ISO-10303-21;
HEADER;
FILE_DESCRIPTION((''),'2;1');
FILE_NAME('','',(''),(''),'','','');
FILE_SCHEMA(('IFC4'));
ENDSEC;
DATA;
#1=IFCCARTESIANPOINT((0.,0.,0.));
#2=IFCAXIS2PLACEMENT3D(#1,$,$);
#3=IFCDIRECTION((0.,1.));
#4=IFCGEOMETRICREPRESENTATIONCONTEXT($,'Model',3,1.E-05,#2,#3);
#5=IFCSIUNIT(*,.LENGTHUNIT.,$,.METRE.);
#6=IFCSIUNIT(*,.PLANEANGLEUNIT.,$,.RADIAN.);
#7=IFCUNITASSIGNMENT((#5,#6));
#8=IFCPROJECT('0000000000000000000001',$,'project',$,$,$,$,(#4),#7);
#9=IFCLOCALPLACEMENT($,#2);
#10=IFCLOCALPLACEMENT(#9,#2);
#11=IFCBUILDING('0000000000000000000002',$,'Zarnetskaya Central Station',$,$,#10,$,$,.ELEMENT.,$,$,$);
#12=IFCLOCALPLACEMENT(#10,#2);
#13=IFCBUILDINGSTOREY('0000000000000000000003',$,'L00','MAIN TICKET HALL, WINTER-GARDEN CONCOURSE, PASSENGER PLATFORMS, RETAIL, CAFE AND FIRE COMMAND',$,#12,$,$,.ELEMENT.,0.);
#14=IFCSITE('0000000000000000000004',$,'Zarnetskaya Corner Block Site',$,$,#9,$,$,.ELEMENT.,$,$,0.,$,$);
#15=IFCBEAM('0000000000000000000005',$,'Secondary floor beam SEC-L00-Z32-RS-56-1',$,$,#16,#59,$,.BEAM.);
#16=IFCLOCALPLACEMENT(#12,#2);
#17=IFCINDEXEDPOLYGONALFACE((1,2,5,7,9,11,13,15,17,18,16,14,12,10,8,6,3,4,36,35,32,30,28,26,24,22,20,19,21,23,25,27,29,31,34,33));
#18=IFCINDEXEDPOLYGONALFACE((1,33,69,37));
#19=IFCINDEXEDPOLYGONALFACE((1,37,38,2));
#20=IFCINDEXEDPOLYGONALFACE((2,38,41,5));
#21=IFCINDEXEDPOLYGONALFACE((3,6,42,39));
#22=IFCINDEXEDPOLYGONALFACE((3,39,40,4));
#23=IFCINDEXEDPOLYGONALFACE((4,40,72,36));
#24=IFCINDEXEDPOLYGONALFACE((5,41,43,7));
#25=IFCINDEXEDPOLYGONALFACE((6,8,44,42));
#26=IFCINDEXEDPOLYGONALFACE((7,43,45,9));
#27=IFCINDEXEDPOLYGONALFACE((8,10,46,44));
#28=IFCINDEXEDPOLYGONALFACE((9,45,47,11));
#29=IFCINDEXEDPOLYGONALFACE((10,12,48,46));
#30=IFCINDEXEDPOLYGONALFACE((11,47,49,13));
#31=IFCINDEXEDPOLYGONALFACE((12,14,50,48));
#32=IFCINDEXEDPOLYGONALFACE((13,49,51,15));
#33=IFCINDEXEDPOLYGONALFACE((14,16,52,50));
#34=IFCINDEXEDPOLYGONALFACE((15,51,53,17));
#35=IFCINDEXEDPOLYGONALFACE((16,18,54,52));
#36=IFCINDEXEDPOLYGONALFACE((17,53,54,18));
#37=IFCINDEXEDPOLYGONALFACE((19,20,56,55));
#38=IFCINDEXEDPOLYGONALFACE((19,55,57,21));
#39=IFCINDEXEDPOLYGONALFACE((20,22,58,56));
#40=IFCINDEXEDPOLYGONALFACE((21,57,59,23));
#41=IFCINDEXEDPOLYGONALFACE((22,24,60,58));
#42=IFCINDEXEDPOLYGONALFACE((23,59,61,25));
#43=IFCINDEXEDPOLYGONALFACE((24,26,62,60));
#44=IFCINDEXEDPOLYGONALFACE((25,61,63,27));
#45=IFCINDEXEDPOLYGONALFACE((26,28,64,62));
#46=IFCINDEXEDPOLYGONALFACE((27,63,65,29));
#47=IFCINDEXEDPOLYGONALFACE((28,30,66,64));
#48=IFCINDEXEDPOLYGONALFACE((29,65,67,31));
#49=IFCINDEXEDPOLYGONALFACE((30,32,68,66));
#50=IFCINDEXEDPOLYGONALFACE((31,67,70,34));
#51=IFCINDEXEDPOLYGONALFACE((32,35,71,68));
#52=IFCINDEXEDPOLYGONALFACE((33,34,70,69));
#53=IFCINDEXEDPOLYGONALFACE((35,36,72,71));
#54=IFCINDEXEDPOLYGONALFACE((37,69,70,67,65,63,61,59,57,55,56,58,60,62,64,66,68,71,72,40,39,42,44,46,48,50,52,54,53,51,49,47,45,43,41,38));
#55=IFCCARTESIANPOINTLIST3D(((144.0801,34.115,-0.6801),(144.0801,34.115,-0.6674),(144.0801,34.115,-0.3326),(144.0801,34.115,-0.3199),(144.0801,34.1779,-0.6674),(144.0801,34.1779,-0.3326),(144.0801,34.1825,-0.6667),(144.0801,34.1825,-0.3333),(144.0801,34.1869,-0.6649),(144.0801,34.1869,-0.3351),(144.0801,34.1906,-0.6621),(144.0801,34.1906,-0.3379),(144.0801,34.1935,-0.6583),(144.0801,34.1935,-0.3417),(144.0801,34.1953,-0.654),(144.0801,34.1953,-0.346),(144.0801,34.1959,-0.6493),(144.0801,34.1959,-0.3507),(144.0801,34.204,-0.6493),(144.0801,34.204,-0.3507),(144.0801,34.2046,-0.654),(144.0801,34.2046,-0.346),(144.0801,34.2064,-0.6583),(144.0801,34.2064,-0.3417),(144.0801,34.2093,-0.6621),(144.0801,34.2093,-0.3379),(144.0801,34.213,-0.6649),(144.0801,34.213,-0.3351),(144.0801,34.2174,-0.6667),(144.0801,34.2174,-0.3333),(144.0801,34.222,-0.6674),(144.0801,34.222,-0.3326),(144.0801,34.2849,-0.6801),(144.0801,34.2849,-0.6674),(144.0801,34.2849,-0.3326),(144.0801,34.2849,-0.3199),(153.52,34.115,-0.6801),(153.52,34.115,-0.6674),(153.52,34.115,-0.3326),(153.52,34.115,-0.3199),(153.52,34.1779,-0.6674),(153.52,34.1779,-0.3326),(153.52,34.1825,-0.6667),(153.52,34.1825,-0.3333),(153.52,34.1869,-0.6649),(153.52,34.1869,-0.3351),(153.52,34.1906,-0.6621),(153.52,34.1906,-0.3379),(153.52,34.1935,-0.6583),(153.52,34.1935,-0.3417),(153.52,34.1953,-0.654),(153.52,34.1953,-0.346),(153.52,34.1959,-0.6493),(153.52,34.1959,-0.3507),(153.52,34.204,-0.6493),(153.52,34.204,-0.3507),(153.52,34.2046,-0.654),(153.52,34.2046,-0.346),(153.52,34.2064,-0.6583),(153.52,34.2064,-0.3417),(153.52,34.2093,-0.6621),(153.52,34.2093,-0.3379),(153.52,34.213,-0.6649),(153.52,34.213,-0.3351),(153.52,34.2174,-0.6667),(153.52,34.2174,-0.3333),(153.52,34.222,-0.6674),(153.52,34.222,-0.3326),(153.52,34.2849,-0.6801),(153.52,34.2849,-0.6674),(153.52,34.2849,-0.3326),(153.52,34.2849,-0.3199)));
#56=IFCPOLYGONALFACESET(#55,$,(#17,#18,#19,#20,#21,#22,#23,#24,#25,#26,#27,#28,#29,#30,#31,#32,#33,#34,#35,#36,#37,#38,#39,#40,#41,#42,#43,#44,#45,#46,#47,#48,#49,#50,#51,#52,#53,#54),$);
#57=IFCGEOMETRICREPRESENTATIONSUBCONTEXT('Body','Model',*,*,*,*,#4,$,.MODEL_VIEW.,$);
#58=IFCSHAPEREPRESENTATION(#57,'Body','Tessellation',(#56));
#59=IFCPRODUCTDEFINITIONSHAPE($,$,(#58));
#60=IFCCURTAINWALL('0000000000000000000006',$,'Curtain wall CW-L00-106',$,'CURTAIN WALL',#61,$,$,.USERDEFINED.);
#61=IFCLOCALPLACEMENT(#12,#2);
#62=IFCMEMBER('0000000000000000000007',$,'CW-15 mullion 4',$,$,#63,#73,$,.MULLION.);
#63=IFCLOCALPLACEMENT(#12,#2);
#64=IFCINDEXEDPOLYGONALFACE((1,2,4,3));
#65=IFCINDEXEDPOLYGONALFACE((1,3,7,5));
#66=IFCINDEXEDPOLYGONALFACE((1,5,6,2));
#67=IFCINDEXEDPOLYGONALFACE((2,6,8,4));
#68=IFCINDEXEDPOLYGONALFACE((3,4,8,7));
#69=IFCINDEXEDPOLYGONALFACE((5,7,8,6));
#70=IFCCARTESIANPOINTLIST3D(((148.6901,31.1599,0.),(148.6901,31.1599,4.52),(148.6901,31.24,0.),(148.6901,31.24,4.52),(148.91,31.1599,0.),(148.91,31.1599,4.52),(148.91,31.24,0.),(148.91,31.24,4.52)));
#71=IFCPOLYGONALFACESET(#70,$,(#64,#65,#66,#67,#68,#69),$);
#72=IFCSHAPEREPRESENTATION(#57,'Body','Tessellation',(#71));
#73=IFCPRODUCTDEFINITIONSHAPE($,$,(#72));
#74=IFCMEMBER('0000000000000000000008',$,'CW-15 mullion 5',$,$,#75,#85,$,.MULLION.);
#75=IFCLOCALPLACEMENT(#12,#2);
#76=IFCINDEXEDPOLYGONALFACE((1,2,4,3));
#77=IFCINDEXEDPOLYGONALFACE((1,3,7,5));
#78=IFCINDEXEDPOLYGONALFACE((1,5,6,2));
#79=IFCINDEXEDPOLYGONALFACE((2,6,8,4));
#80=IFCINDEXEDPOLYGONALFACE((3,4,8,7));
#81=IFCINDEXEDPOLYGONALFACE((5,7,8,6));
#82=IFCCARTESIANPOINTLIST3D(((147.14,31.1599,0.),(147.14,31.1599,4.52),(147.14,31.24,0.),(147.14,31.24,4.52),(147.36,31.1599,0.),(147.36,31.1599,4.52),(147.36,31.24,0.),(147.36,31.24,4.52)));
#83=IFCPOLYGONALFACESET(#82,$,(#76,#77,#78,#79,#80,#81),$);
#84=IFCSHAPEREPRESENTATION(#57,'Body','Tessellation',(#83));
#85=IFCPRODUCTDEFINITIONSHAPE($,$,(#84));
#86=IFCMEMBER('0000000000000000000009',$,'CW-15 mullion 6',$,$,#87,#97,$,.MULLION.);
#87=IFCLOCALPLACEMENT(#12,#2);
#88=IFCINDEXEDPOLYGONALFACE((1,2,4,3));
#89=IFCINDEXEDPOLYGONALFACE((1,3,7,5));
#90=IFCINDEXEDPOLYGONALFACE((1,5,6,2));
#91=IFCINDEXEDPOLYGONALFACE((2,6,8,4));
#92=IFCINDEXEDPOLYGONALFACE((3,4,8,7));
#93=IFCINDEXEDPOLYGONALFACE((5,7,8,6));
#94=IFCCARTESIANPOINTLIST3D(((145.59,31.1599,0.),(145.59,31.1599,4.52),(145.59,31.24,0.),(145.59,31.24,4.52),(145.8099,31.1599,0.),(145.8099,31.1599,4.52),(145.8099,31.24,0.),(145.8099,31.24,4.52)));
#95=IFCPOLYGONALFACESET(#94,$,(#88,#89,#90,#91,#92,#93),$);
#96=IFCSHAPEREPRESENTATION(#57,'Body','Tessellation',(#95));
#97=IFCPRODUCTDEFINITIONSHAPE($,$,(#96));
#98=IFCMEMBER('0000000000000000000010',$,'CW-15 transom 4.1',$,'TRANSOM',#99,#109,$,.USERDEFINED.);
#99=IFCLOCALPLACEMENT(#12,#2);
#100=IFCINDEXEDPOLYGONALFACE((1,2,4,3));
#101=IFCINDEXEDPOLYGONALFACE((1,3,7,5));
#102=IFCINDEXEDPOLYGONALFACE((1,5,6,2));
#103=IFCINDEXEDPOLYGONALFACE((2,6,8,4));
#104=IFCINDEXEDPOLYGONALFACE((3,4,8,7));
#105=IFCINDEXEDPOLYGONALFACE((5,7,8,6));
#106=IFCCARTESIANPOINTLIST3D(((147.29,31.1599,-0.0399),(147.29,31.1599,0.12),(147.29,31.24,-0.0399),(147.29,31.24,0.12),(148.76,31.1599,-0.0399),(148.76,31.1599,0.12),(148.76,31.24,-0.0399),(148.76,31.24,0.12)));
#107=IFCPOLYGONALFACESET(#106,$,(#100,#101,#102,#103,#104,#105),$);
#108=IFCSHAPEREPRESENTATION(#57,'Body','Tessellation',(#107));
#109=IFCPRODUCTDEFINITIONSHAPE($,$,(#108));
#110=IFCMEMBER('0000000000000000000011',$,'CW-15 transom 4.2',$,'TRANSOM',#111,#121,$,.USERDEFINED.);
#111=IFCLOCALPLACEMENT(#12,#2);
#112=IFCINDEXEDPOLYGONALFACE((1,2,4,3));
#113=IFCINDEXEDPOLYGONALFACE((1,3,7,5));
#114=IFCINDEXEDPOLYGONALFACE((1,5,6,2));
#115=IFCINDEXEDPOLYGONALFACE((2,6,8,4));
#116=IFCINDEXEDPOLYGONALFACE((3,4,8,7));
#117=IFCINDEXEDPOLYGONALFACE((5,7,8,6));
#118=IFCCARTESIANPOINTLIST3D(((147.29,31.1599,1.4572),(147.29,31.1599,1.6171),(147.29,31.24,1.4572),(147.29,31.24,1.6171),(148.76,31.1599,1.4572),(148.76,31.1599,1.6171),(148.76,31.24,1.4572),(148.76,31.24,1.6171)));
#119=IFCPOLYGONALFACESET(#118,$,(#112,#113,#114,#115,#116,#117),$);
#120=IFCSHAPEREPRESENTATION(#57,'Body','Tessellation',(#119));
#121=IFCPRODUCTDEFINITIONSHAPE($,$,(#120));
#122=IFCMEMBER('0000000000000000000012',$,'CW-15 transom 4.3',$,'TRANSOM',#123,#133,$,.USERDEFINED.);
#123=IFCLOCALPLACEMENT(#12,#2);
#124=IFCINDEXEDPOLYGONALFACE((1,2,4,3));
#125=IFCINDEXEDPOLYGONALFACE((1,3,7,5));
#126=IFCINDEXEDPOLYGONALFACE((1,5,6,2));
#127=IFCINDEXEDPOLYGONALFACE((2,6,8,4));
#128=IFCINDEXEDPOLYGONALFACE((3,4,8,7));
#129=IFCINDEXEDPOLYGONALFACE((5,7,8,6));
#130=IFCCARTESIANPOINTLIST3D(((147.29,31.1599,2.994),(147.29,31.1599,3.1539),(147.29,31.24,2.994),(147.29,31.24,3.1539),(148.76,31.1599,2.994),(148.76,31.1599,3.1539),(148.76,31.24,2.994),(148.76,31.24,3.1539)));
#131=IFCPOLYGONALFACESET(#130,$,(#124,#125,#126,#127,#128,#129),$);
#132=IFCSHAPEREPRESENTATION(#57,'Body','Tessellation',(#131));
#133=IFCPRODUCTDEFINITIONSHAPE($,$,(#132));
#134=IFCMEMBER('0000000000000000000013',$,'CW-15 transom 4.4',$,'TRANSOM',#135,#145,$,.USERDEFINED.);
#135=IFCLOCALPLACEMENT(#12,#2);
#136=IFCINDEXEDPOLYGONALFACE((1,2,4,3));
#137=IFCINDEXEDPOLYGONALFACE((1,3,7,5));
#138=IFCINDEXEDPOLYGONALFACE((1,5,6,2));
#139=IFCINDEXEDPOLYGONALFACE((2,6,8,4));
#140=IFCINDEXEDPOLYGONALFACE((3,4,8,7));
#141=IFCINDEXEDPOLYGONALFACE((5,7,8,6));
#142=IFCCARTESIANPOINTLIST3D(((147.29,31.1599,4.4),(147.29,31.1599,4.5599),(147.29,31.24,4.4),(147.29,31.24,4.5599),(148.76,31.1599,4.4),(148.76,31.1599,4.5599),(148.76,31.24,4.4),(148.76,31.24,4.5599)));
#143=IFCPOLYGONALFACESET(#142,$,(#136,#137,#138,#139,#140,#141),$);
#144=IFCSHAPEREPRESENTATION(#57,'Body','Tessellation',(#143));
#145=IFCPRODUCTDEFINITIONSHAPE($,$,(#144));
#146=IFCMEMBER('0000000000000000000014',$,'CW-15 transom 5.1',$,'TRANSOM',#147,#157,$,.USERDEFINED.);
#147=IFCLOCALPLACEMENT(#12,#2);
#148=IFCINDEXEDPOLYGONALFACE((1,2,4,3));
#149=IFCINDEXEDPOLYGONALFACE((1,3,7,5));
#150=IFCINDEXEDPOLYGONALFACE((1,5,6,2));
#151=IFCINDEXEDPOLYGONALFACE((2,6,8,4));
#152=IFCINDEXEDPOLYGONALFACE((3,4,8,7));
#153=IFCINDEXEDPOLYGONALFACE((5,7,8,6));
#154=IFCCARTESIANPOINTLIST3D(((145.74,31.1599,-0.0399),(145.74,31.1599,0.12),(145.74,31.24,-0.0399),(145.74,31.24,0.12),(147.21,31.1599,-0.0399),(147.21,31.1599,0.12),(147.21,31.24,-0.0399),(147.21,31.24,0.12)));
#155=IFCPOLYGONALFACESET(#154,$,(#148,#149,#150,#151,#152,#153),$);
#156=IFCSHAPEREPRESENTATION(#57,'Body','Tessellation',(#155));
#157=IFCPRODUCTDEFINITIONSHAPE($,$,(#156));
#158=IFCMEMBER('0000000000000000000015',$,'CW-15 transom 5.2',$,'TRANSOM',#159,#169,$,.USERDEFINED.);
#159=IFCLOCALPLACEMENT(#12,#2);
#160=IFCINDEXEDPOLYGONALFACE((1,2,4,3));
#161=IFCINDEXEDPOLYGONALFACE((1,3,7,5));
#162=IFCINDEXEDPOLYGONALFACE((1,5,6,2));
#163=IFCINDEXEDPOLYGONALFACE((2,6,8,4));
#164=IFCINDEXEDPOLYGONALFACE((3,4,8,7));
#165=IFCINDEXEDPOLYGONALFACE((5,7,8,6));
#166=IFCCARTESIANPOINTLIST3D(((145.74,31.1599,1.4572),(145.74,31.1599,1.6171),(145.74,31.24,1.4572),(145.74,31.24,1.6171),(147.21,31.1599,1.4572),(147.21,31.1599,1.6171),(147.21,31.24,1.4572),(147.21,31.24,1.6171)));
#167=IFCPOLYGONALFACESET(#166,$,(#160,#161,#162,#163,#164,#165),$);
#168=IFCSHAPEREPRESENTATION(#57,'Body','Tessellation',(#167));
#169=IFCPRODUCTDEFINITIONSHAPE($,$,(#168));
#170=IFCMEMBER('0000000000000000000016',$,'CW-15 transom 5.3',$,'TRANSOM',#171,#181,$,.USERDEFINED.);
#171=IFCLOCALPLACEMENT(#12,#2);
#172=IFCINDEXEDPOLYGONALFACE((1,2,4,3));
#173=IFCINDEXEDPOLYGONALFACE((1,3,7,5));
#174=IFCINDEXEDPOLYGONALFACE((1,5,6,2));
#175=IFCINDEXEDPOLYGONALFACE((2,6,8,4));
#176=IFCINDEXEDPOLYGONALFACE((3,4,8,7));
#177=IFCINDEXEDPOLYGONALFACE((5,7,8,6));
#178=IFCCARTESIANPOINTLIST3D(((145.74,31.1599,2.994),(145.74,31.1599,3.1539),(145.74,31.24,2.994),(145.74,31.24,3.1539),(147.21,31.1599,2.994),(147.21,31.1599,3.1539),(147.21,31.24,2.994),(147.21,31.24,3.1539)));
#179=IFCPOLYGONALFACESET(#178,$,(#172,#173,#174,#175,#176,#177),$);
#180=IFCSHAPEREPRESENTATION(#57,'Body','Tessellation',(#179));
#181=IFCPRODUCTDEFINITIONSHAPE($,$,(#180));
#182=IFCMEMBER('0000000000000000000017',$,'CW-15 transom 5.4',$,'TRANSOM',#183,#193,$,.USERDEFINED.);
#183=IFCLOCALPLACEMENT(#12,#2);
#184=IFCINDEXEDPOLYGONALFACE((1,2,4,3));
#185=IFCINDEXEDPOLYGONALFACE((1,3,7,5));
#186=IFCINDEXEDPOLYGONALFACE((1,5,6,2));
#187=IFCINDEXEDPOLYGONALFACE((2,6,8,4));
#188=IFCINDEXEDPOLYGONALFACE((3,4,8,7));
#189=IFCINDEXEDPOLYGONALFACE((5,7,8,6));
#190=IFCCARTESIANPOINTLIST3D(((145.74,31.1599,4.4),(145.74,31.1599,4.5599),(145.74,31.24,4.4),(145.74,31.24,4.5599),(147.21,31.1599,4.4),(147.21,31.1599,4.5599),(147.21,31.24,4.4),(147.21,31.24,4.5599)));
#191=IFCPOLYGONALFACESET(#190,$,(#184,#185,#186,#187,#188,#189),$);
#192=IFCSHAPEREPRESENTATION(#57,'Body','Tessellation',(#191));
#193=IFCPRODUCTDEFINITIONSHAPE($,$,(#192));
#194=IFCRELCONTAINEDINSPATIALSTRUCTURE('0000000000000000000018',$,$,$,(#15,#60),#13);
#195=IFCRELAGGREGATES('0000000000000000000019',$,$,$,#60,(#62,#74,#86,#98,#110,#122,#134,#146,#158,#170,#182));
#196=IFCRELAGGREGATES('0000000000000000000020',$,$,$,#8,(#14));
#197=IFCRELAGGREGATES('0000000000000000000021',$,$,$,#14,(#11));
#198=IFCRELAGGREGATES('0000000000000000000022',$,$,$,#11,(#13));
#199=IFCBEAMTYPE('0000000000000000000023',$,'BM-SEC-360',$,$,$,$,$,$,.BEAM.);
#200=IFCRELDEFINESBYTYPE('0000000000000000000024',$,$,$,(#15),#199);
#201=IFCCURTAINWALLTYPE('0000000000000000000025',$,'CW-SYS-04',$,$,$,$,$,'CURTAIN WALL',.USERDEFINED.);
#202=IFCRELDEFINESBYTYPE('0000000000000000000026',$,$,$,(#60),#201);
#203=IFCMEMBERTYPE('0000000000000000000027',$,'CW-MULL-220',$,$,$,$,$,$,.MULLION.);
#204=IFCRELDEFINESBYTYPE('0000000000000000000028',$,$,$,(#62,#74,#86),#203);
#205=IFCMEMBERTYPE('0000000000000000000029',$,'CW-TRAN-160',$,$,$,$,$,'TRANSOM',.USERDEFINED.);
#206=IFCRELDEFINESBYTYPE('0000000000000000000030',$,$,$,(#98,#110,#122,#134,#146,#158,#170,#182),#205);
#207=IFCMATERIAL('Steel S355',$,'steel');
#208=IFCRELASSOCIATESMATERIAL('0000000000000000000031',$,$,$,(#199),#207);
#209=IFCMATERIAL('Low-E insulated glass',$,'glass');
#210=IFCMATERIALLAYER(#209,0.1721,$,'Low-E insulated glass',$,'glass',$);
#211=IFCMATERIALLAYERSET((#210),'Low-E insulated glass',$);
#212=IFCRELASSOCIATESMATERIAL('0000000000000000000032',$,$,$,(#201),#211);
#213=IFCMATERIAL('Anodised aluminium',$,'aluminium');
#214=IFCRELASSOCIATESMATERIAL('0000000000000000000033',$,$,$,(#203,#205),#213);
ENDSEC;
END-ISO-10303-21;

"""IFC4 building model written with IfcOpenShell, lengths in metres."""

from ifc_helpers import new_model, si_unit, direction, frame, origin, origin_2d, place, context, subcontext, project, spatial, rectangle, i_section, extrude, material, layer, layer_set, material_profile, profile_set, type_object, element, aggregate, save


model = new_model("IFC4")

# Units and contexts
model_context = context("Model", 3, precision=1e-05, world=origin(), true_north=direction((0.0, 1.0)))
body_context = subcontext(model_context, "Body", "Model", "MODEL_VIEW")
ifc_project = project(units=[si_unit("LENGTHUNIT", "METRE"), si_unit("PLANEANGLEUNIT", "RADIAN")], contexts=[model_context])

# Site, building, storey
site_placement = place(None, origin())
site = spatial("IfcSite", under=ifc_project, at=site_placement, Name="Zarnetskaya Corner Block Site", CompositionType="ELEMENT", RefElevation=0.0)
building_placement = place(site_placement, origin())
building = spatial("IfcBuilding", under=site, at=building_placement, Name="Zarnetskaya Central Station", CompositionType="ELEMENT")
storey_placement = place(building_placement, origin())
storey = spatial("IfcBuildingStorey", under=building, at=storey_placement, Name="L00", Description="MAIN TICKET HALL, WINTER-GARDEN CONCOURSE, PASSENGER PLATFORMS, RETAIL, CAFE AND FIRE COMMAND", CompositionType="ELEMENT", Elevation=0.0)

# Beam
ifc_material_1 = material(Name="Steel S355", Category="steel")
ifc_material_profile_1 = material_profile(ifc_material_1, i_section(OverallWidth=0.1699, OverallDepth=0.3601, WebThickness=0.0081, FlangeThickness=0.0127, FilletRadius=0.0181, at=origin_2d()), Name="IPE 360")
ifc_profile_set_1 = profile_set([ifc_material_profile_1], Name="Steel S355")
beam_type = type_object("IfcBeamType", Name="BM-SEC-360", PredefinedType="BEAM", material=ifc_profile_set_1)
beam_placement = place(storey_placement, frame((144.0801, 34.2, -0.5), z_axis=(1.0, 0.0, 0.0), x_axis=(0.0, 1.0, 0.0)))
element("IfcBeam", 1, at=beam_placement, inside=storey, type_object=beam_type, Name="Secondary floor beam SEC-L00-Z32-RS-56-1", PredefinedType="BEAM", context=body_context, shape_type="SweptSolid", body=[
    extrude(i_section(OverallWidth=0.1699, OverallDepth=0.3601, WebThickness=0.0081, FlangeThickness=0.0127, FilletRadius=0.0181, at=origin_2d()), origin(), (0.0, 0.0, 1.0), 9.4399),
])

# Curtain wall, members
ifc_material_2 = material(Name="Low-E insulated glass", Category="glass")
ifc_layer_1 = layer(ifc_material_2, 0.1721, Name="Low-E insulated glass", Category="glass")
ifc_layer_set_1 = layer_set([ifc_layer_1], Name="Low-E insulated glass")
curtain_wall_type = type_object("IfcCurtainWallType", Name="CW-SYS-04", ElementType="CURTAIN WALL", PredefinedType="USERDEFINED", material=ifc_layer_set_1)
curtain_wall_placement = place(storey_placement, origin())
curtain_wall = element("IfcCurtainWall", 2, at=curtain_wall_placement, inside=storey, type_object=curtain_wall_type, Name="Curtain wall CW-L00-106", ObjectType="CURTAIN WALL", PredefinedType="USERDEFINED")
ifc_material_3 = material(Name="Anodised aluminium", Category="aluminium")
ifc_material_profile_2 = material_profile(ifc_material_3, rectangle(XDim=0.0801, YDim=0.22, at=origin_2d()), Name="ALU MULL 80x220")
ifc_profile_set_2 = profile_set([ifc_material_profile_2], Name="Anodised aluminium")
member_type_1 = type_object("IfcMemberType", Name="CW-MULL-220", PredefinedType="MULLION", material=ifc_profile_set_2)
member_1_placement = place(storey_placement, frame((148.8, 31.2, 0.0), z_axis=(0.0, 0.0, 1.0), x_axis=(0.0, -1.0, 0.0)))
member_1 = element("IfcMember", 3, at=member_1_placement, type_object=member_type_1, Name="CW-15 mullion 4", PredefinedType="MULLION", context=body_context, shape_type="SweptSolid", body=[
    extrude(rectangle(XDim=0.0801, YDim=0.22, at=origin_2d()), origin(), (0.0, 0.0, 1.0), 4.52),
])
member_2_placement = place(storey_placement, frame((147.25, 31.2, 0.0), z_axis=(0.0, 0.0, 1.0), x_axis=(0.0, -1.0, 0.0)))
member_2 = element("IfcMember", 4, at=member_2_placement, type_object=member_type_1, Name="CW-15 mullion 5", PredefinedType="MULLION", context=body_context, shape_type="SweptSolid", body=[
    extrude(rectangle(XDim=0.0801, YDim=0.22, at=origin_2d()), origin(), (0.0, 0.0, 1.0), 4.52),
])
member_3_placement = place(storey_placement, frame((145.7, 31.2, 0.0), z_axis=(0.0, 0.0, 1.0), x_axis=(0.0, -1.0, 0.0)))
member_3 = element("IfcMember", 5, at=member_3_placement, type_object=member_type_1, Name="CW-15 mullion 6", PredefinedType="MULLION", context=body_context, shape_type="SweptSolid", body=[
    extrude(rectangle(XDim=0.0801, YDim=0.22, at=origin_2d()), origin(), (0.0, 0.0, 1.0), 4.52),
])
ifc_material_profile_3 = material_profile(ifc_material_3, rectangle(XDim=0.0801, YDim=0.1599, at=origin_2d()), Name="ALU TRAN 80x160")
ifc_profile_set_3 = profile_set([ifc_material_profile_3], Name="Anodised aluminium")
member_type_2 = type_object("IfcMemberType", Name="CW-TRAN-160", ElementType="TRANSOM", PredefinedType="USERDEFINED", material=ifc_profile_set_3)
member_4_placement = place(storey_placement, frame((148.76, 31.2, 0.04), z_axis=(-1.0, 0.0, 0.0), x_axis=(0.0, -1.0, 0.0)))
member_4 = element("IfcMember", 6, at=member_4_placement, type_object=member_type_2, Name="CW-15 transom 4.1", ObjectType="TRANSOM", PredefinedType="USERDEFINED", context=body_context, shape_type="SweptSolid", body=[
    extrude(rectangle(XDim=0.0801, YDim=0.1599, at=origin_2d()), origin(), (0.0, 0.0, 1.0), 1.47),
])
member_5_placement = place(storey_placement, frame((148.76, 31.2, 1.5371), z_axis=(-1.0, 0.0, 0.0), x_axis=(0.0, -1.0, 0.0)))
member_5 = element("IfcMember", 7, at=member_5_placement, type_object=member_type_2, Name="CW-15 transom 4.2", ObjectType="TRANSOM", PredefinedType="USERDEFINED", context=body_context, shape_type="SweptSolid", body=[
    extrude(rectangle(XDim=0.0801, YDim=0.1599, at=origin_2d()), origin(), (0.0, 0.0, 1.0), 1.47),
])
member_6_placement = place(storey_placement, frame((148.76, 31.2, 3.074), z_axis=(-1.0, 0.0, 0.0), x_axis=(0.0, -1.0, 0.0)))
member_6 = element("IfcMember", 8, at=member_6_placement, type_object=member_type_2, Name="CW-15 transom 4.3", ObjectType="TRANSOM", PredefinedType="USERDEFINED", context=body_context, shape_type="SweptSolid", body=[
    extrude(rectangle(XDim=0.0801, YDim=0.1599, at=origin_2d()), origin(), (0.0, 0.0, 1.0), 1.47),
])
member_7_placement = place(storey_placement, frame((148.76, 31.2, 4.48), z_axis=(-1.0, 0.0, 0.0), x_axis=(0.0, -1.0, 0.0)))
member_7 = element("IfcMember", 9, at=member_7_placement, type_object=member_type_2, Name="CW-15 transom 4.4", ObjectType="TRANSOM", PredefinedType="USERDEFINED", context=body_context, shape_type="SweptSolid", body=[
    extrude(rectangle(XDim=0.0801, YDim=0.1599, at=origin_2d()), origin(), (0.0, 0.0, 1.0), 1.47),
])
member_8_placement = place(storey_placement, frame((147.21, 31.2, 0.04), z_axis=(-1.0, 0.0, 0.0), x_axis=(0.0, -1.0, 0.0)))
member_8 = element("IfcMember", 10, at=member_8_placement, type_object=member_type_2, Name="CW-15 transom 5.1", ObjectType="TRANSOM", PredefinedType="USERDEFINED", context=body_context, shape_type="SweptSolid", body=[
    extrude(rectangle(XDim=0.0801, YDim=0.1599, at=origin_2d()), origin(), (0.0, 0.0, 1.0), 1.47),
])
member_9_placement = place(storey_placement, frame((147.21, 31.2, 1.5371), z_axis=(-1.0, 0.0, 0.0), x_axis=(0.0, -1.0, 0.0)))
member_9 = element("IfcMember", 11, at=member_9_placement, type_object=member_type_2, Name="CW-15 transom 5.2", ObjectType="TRANSOM", PredefinedType="USERDEFINED", context=body_context, shape_type="SweptSolid", body=[
    extrude(rectangle(XDim=0.0801, YDim=0.1599, at=origin_2d()), origin(), (0.0, 0.0, 1.0), 1.47),
])
member_10_placement = place(storey_placement, frame((147.21, 31.2, 3.074), z_axis=(-1.0, 0.0, 0.0), x_axis=(0.0, -1.0, 0.0)))
member_10 = element("IfcMember", 12, at=member_10_placement, type_object=member_type_2, Name="CW-15 transom 5.3", ObjectType="TRANSOM", PredefinedType="USERDEFINED", context=body_context, shape_type="SweptSolid", body=[
    extrude(rectangle(XDim=0.0801, YDim=0.1599, at=origin_2d()), origin(), (0.0, 0.0, 1.0), 1.47),
])
member_11_placement = place(storey_placement, frame((147.21, 31.2, 4.48), z_axis=(-1.0, 0.0, 0.0), x_axis=(0.0, -1.0, 0.0)))
member_11 = element("IfcMember", 13, at=member_11_placement, type_object=member_type_2, Name="CW-15 transom 5.4", ObjectType="TRANSOM", PredefinedType="USERDEFINED", context=body_context, shape_type="SweptSolid", body=[
    extrude(rectangle(XDim=0.0801, YDim=0.1599, at=origin_2d()), origin(), (0.0, 0.0, 1.0), 1.47),
])
aggregate(curtain_wall, [member_1, member_2, member_3, member_4, member_5, member_6, member_7, member_8, member_9, member_10, member_11])

save(model, "model.ifc")
